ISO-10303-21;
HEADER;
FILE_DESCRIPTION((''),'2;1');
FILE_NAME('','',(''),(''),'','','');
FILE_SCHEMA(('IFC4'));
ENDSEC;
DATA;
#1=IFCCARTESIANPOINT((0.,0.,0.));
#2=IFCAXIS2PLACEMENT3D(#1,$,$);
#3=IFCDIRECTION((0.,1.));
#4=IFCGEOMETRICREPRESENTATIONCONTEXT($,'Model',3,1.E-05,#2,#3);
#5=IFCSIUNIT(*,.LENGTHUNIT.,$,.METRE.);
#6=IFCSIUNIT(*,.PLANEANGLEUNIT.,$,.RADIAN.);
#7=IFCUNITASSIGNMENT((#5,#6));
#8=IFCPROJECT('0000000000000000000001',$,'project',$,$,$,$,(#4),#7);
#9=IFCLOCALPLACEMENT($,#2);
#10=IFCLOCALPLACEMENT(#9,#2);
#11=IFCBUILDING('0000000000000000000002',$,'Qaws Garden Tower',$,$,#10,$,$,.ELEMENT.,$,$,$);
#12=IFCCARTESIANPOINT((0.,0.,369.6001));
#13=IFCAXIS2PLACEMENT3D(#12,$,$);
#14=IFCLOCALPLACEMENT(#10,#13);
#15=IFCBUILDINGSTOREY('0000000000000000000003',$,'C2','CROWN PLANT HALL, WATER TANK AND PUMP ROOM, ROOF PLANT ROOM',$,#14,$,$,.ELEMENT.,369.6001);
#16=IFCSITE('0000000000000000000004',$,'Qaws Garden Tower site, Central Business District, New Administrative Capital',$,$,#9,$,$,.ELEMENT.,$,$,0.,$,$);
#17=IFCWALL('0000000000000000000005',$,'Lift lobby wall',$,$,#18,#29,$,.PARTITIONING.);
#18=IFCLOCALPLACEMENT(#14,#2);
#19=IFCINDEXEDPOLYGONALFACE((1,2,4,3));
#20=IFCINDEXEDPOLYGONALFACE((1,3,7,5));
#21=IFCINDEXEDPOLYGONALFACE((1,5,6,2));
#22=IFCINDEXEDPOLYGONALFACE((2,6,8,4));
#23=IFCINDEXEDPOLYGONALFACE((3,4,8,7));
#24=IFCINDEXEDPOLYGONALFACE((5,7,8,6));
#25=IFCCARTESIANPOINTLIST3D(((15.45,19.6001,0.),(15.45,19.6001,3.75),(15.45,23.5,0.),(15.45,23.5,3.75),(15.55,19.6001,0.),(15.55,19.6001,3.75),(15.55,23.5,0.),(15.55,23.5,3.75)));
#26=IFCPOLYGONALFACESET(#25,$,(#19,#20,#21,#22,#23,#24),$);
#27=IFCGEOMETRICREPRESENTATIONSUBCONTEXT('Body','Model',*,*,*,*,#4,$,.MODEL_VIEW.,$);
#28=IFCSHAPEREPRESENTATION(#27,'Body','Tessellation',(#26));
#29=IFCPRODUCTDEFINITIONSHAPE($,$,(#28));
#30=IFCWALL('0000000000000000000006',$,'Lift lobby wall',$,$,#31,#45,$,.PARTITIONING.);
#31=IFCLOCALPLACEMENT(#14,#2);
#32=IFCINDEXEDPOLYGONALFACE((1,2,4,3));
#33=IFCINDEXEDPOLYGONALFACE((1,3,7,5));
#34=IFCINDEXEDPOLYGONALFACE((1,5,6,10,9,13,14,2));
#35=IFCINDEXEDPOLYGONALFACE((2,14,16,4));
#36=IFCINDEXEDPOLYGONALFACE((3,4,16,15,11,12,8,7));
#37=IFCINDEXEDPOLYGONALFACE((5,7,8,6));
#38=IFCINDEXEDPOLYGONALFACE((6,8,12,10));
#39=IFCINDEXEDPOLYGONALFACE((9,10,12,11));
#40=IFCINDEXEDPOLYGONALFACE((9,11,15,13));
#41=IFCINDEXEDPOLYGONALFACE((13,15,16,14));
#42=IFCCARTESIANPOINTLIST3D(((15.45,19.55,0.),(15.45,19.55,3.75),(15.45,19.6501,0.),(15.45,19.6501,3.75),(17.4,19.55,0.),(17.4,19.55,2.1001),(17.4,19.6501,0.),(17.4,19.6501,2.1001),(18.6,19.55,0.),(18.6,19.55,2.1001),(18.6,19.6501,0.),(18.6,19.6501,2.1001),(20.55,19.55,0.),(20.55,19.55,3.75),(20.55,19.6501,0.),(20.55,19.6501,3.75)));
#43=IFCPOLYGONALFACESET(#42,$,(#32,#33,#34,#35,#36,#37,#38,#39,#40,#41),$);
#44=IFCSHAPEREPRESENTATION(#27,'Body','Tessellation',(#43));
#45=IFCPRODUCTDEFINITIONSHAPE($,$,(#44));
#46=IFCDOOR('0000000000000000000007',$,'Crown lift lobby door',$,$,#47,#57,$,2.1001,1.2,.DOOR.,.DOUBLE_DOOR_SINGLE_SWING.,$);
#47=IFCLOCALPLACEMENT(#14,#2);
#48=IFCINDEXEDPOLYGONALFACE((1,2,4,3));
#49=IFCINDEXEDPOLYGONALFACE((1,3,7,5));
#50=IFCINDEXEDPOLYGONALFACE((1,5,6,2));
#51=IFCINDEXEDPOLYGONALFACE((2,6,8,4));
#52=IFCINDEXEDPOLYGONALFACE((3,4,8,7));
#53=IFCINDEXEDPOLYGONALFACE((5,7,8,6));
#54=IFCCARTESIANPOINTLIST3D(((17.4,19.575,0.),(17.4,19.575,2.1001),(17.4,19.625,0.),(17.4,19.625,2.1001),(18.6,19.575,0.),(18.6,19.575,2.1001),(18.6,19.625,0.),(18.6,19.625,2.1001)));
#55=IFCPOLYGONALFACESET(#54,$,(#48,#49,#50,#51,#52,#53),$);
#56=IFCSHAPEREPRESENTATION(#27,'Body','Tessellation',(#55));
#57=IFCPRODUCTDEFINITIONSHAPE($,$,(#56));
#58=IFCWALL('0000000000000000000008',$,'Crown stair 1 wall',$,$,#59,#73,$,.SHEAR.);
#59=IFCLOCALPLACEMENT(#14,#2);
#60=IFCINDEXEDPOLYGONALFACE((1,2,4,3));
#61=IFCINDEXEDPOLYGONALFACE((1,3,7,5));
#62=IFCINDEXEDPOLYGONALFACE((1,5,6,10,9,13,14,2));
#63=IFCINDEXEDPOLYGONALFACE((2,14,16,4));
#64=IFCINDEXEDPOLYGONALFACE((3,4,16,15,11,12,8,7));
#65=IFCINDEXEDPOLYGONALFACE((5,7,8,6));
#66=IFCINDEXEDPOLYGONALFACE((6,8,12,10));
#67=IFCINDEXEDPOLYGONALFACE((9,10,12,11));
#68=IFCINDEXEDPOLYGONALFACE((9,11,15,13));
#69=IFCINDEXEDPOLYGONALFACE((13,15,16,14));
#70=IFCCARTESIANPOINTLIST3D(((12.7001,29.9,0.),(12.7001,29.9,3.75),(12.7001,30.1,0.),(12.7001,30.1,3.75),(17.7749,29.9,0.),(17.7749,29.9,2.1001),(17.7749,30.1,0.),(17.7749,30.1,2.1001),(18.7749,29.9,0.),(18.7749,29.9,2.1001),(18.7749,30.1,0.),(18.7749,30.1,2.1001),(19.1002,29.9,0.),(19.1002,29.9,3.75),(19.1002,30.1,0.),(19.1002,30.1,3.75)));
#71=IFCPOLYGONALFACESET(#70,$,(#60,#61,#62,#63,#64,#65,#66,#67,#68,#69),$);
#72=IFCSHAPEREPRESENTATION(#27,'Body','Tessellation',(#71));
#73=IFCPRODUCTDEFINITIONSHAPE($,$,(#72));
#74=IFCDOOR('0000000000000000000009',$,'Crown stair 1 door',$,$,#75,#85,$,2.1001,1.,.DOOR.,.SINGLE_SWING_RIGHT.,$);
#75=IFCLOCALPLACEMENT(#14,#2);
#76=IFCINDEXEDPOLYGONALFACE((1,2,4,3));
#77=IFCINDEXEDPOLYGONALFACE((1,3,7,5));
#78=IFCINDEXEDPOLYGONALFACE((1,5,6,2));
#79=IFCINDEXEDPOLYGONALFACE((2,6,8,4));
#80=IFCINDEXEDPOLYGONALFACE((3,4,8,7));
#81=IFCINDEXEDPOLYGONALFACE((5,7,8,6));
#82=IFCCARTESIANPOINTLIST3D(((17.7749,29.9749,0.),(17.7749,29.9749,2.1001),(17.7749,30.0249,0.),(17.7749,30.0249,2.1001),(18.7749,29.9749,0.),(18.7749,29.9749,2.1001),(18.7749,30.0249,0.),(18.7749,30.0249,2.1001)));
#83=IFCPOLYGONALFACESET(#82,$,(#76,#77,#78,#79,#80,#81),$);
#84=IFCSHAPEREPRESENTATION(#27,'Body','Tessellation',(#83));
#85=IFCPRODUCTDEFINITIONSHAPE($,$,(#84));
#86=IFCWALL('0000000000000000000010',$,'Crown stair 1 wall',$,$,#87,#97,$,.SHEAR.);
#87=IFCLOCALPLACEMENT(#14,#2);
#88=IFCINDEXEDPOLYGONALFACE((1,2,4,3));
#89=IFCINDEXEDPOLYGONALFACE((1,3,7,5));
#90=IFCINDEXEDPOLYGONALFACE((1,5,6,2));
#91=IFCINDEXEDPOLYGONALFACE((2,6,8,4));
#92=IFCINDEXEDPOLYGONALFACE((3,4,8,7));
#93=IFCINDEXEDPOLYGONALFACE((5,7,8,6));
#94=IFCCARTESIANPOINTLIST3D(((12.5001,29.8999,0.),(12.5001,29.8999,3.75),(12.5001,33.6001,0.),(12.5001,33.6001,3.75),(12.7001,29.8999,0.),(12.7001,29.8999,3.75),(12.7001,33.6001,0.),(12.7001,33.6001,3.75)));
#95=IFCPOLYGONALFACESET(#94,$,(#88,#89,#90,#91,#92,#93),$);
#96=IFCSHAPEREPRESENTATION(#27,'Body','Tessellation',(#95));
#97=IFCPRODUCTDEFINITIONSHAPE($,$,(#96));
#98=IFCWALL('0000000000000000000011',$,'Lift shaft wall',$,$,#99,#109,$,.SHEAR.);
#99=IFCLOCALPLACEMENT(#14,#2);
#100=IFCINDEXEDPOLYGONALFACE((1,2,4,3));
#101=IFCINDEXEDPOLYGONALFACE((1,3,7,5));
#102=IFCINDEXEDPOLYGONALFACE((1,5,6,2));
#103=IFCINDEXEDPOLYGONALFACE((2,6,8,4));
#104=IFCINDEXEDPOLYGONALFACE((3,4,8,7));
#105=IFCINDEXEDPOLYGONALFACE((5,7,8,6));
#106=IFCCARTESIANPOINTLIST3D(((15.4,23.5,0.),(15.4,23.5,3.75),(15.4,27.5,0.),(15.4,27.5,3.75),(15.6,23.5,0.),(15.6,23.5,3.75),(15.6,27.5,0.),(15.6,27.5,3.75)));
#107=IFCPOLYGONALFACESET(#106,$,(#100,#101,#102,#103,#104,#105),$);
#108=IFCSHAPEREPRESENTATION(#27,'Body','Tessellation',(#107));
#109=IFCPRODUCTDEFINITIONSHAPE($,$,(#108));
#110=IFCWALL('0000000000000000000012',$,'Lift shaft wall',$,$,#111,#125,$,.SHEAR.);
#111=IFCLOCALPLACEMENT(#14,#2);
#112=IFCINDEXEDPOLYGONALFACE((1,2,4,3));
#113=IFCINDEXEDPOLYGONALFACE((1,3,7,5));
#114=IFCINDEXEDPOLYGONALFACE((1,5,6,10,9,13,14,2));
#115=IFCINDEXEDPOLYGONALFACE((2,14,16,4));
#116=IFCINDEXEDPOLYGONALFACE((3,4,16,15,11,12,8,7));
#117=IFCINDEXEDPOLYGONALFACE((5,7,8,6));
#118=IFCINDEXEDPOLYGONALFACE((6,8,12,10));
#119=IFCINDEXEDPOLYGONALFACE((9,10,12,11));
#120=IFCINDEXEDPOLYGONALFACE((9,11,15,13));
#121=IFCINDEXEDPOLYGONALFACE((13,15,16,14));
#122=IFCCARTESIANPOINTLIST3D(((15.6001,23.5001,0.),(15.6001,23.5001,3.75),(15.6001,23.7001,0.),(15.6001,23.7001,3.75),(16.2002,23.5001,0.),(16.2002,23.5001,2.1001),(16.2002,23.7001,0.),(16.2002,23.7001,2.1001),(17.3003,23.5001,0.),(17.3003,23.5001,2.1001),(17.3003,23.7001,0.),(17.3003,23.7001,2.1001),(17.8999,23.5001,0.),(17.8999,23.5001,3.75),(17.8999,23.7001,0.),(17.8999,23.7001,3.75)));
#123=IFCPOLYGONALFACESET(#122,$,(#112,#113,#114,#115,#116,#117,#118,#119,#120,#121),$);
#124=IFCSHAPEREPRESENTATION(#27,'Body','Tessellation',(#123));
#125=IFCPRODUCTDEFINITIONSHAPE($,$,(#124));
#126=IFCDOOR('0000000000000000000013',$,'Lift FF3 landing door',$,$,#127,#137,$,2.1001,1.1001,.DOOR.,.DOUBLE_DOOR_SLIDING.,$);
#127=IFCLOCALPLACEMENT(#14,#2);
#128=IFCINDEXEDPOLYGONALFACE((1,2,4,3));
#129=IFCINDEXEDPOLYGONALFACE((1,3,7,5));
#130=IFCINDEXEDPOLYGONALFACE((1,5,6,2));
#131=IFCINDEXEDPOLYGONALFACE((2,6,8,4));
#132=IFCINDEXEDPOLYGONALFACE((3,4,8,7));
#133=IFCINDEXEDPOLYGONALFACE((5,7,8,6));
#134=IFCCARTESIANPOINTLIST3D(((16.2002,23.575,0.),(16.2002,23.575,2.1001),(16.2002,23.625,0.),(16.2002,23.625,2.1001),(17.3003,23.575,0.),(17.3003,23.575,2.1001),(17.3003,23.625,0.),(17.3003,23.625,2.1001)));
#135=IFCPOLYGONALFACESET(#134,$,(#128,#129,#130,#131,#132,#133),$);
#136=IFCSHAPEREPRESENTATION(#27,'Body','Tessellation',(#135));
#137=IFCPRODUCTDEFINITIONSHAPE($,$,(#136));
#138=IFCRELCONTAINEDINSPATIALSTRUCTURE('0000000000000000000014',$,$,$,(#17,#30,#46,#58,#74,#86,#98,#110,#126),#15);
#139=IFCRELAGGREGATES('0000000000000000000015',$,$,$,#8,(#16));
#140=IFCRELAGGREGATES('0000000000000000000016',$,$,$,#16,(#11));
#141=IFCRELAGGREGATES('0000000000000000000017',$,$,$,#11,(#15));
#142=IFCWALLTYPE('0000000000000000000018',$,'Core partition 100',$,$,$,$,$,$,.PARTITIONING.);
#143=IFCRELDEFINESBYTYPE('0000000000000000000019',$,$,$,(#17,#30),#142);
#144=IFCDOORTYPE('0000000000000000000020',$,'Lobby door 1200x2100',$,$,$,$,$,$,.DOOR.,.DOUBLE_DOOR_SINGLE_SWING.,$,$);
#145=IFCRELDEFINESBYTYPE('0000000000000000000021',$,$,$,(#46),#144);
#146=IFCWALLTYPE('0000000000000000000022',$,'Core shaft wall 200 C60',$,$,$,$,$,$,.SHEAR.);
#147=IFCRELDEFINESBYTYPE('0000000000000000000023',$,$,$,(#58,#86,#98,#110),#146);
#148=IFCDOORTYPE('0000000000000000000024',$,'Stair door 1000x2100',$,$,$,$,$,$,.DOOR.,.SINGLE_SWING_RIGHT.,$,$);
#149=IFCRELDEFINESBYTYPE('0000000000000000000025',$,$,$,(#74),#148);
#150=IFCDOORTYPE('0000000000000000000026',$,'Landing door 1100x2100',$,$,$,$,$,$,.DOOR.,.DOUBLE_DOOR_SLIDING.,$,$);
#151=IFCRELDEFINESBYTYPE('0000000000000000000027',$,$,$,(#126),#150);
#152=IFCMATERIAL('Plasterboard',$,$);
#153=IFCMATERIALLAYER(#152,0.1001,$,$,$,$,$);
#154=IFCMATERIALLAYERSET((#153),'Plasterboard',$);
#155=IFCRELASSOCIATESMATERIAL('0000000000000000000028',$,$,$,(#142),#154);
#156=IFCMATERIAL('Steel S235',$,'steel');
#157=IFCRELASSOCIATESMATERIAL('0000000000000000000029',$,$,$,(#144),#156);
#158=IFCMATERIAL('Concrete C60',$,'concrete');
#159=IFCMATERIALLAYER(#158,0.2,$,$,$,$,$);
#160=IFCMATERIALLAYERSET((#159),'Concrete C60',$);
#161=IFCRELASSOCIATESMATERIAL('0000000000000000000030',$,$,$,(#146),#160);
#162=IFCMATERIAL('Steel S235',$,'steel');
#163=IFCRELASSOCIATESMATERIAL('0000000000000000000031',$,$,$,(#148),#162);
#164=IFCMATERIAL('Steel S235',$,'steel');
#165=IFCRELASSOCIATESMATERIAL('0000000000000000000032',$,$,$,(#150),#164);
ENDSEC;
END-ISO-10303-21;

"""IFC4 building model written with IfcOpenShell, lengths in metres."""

from ifc_helpers import new_model, si_unit, direction, frame, frame_2d, origin, place, context, subcontext, project, spatial, rectangle, extrude, material, layer, layer_set, type_object, element, fill, save


model = new_model("IFC4")

# Units and contexts
model_context = context("Model", 3, precision=1e-05, world=origin(), true_north=direction((0.0, 1.0)))
body_context = subcontext(model_context, "Body", "Model", "MODEL_VIEW")
ifc_project = project(units=[si_unit("LENGTHUNIT", "METRE"), si_unit("PLANEANGLEUNIT", "RADIAN")], contexts=[model_context])

# Site, building, storey
site_placement = place(None, origin())
site = spatial("IfcSite", under=ifc_project, at=site_placement, Name="Qaws Garden Tower site, Central Business District, New Administrative Capital", CompositionType="ELEMENT", RefElevation=0.0)
building_placement = place(site_placement, origin())
building = spatial("IfcBuilding", under=site, at=building_placement, Name="Qaws Garden Tower", CompositionType="ELEMENT")
storey_placement = place(building_placement, frame((0.0, 0.0, 369.6001)))
storey = spatial("IfcBuildingStorey", under=building, at=storey_placement, Name="C2", Description="CROWN PLANT HALL, WATER TANK AND PUMP ROOM, ROOF PLANT ROOM", CompositionType="ELEMENT", Elevation=369.6001)

# Wall
ifc_material_1 = material(Name="Plasterboard")
ifc_layer_1 = layer(ifc_material_1, 0.1001)
ifc_layer_set_1 = layer_set([ifc_layer_1], Name="Plasterboard")
wall_type_1 = type_object("IfcWallType", Name="Core partition 100", PredefinedType="PARTITIONING", material=ifc_layer_set_1)
wall_1_placement = place(storey_placement, frame((15.5, 19.6001, 0.0), z_axis=(0.0, 0.0, 1.0), x_axis=(0.0, 1.0, 0.0)))
element("IfcWall", 1, at=wall_1_placement, inside=storey, type_object=wall_type_1, Name="Lift lobby wall", PredefinedType="PARTITIONING", context=body_context, shape_type="SweptSolid", body=[
    extrude(rectangle(XDim=3.8999, YDim=0.1001, at=frame_2d((1.95, 0.0))), origin(), (0.0, 0.0, 1.0), 3.75),
])

# Walls, openings, doors
wall_2_placement = place(storey_placement, frame((15.45, 19.6001, 0.0), z_axis=(0.0, 0.0, 1.0), x_axis=(1.0, 0.0, 0.0)))
wall_2 = element("IfcWall", 2, at=wall_2_placement, inside=storey, type_object=wall_type_1, Name="Lift lobby wall", PredefinedType="PARTITIONING", context=body_context, shape_type="SweptSolid", body=[
    extrude(rectangle(XDim=5.1001, YDim=0.1001, at=frame_2d((2.55, 0.0))), origin(), (0.0, 0.0, 1.0), 3.75),
])
opening_1_placement = place(wall_2_placement, frame((1.95, 0.0, 0.0)))
opening_1 = element("IfcOpeningElement", 3, at=opening_1_placement, cuts=wall_2, PredefinedType="OPENING", context=body_context, shape_type="SweptSolid", body=[
    extrude(rectangle(XDim=1.2, YDim=2.1001, at=frame_2d((0.6001, 1.05))), frame((0.0, 0.0601, 0.0), z_axis=(0.0, -1.0, 0.0), x_axis=(1.0, 0.0, 0.0)), (0.0, 0.0, 1.0), 0.1201),
])
ifc_material_2 = material(Name="Steel S235", Category="steel")
door_type_1 = type_object("IfcDoorType", Name="Lobby door 1200x2100", OperationType="DOUBLE_DOOR_SINGLE_SWING", PredefinedType="DOOR", material=ifc_material_2)
door_1_placement = place(opening_1_placement, origin())
door_1 = element("IfcDoor", 4, at=door_1_placement, inside=storey, type_object=door_type_1, Name="Crown lift lobby door", OperationType="DOUBLE_DOOR_SINGLE_SWING", OverallHeight=2.1001, OverallWidth=1.2, PredefinedType="DOOR", context=body_context, shape_type="SweptSolid", body=[
    extrude(rectangle(XDim=1.2, YDim=2.1001, at=frame_2d((0.6001, 1.05))), frame((0.0, 0.0249, 0.0), z_axis=(0.0, -1.0, 0.0), x_axis=(1.0, 0.0, 0.0)), (0.0, 0.0, 1.0), 0.05),
])
fill(opening_1, door_1)
ifc_material_3 = material(Name="Concrete C60", Category="concrete")
ifc_layer_2 = layer(ifc_material_3, 0.2)
ifc_layer_set_2 = layer_set([ifc_layer_2], Name="Concrete C60")
wall_type_2 = type_object("IfcWallType", Name="Core shaft wall 200 C60", PredefinedType="SHEAR", material=ifc_layer_set_2)
wall_3_placement = place(storey_placement, frame((12.7, 30.0, 0.0), z_axis=(0.0, 0.0, 1.0), x_axis=(1.0, 0.0, 0.0)))
wall_3 = element("IfcWall", 5, at=wall_3_placement, inside=storey, type_object=wall_type_2, Name="Crown stair 1 wall", PredefinedType="SHEAR", context=body_context, shape_type="SweptSolid", body=[
    extrude(rectangle(XDim=6.4001, YDim=0.2, at=frame_2d((3.2002, 0.0))), origin(), (0.0, 0.0, 1.0), 3.75),
])
opening_2_placement = place(wall_3_placement, frame((5.075, 0.0, 0.0)))
opening_2 = element("IfcOpeningElement", 6, at=opening_2_placement, cuts=wall_3, PredefinedType="OPENING", context=body_context, shape_type="SweptSolid", body=[
    extrude(rectangle(XDim=1.0, YDim=2.1001, at=frame_2d((0.5, 1.05))), frame((0.0, 0.1099, 0.0), z_axis=(0.0, -1.0, 0.0), x_axis=(1.0, 0.0, 0.0)), (0.0, 0.0, 1.0), 0.22),
])
ifc_material_4 = material(Name="Steel S235", Category="steel")
door_type_2 = type_object("IfcDoorType", Name="Stair door 1000x2100", OperationType="SINGLE_SWING_RIGHT", PredefinedType="DOOR", material=ifc_material_4)
door_2_placement = place(opening_2_placement, origin())
door_2 = element("IfcDoor", 7, at=door_2_placement, inside=storey, type_object=door_type_2, Name="Crown stair 1 door", OperationType="SINGLE_SWING_RIGHT", OverallHeight=2.1001, OverallWidth=1.0, PredefinedType="DOOR", context=body_context, shape_type="SweptSolid", body=[
    extrude(rectangle(XDim=1.0, YDim=2.1001, at=frame_2d((0.5, 1.05))), frame((0.0, 0.0249, 0.0), z_axis=(0.0, -1.0, 0.0), x_axis=(1.0, 0.0, 0.0)), (0.0, 0.0, 1.0), 0.05),
])
fill(opening_2, door_2)

# Walls
wall_4_placement = place(storey_placement, frame((12.6001, 29.8999, 0.0), z_axis=(0.0, 0.0, 1.0), x_axis=(0.0, 1.0, 0.0)))
element("IfcWall", 8, at=wall_4_placement, inside=storey, type_object=wall_type_2, Name="Crown stair 1 wall", PredefinedType="SHEAR", context=body_context, shape_type="SweptSolid", body=[
    extrude(rectangle(XDim=3.7002, YDim=0.2, at=frame_2d((1.8501, 0.0))), origin(), (0.0, 0.0, 1.0), 3.75),
])
wall_5_placement = place(storey_placement, frame((15.5, 23.5, 0.0), z_axis=(0.0, 0.0, 1.0), x_axis=(0.0, 1.0, 0.0)))
element("IfcWall", 9, at=wall_5_placement, inside=storey, type_object=wall_type_2, Name="Lift shaft wall", PredefinedType="SHEAR", context=body_context, shape_type="SweptSolid", body=[
    extrude(rectangle(XDim=4.0, YDim=0.2, at=frame_2d((2.0, 0.0))), origin(), (0.0, 0.0, 1.0), 3.75),
])

# Wall, opening, door
wall_6_placement = place(storey_placement, frame((15.6001, 23.6001, 0.0), z_axis=(0.0, 0.0, 1.0), x_axis=(1.0, 0.0, 0.0)))
wall_6 = element("IfcWall", 10, at=wall_6_placement, inside=storey, type_object=wall_type_2, Name="Lift shaft wall", PredefinedType="SHEAR", context=body_context, shape_type="SweptSolid", body=[
    extrude(rectangle(XDim=2.2998, YDim=0.2, at=frame_2d((1.1499, 0.0))), origin(), (0.0, 0.0, 1.0), 3.75),
])
opening_3_placement = place(wall_6_placement, frame((0.6001, 0.0, 0.0)))
opening_3 = element("IfcOpeningElement", 11, at=opening_3_placement, cuts=wall_6, PredefinedType="OPENING", context=body_context, shape_type="SweptSolid", body=[
    extrude(rectangle(XDim=1.1001, YDim=2.1001, at=frame_2d((0.55, 1.05))), frame((0.0, 0.1099, 0.0), z_axis=(0.0, -1.0, 0.0), x_axis=(1.0, 0.0, 0.0)), (0.0, 0.0, 1.0), 0.22),
])
ifc_material_5 = material(Name="Steel S235", Category="steel")
door_type_3 = type_object("IfcDoorType", Name="Landing door 1100x2100", OperationType="DOUBLE_DOOR_SLIDING", PredefinedType="DOOR", material=ifc_material_5)
door_3_placement = place(opening_3_placement, origin())
door_3 = element("IfcDoor", 12, at=door_3_placement, inside=storey, type_object=door_type_3, Name="Lift FF3 landing door", OperationType="DOUBLE_DOOR_SLIDING", OverallHeight=2.1001, OverallWidth=1.1001, PredefinedType="DOOR", context=body_context, shape_type="SweptSolid", body=[
    extrude(rectangle(XDim=1.1001, YDim=2.1001, at=frame_2d((0.55, 1.05))), frame((0.0, 0.0249, 0.0), z_axis=(0.0, -1.0, 0.0), x_axis=(1.0, 0.0, 0.0)), (0.0, 0.0, 1.0), 0.05),
])
fill(opening_3, door_3)

save(model, "model.ifc")
